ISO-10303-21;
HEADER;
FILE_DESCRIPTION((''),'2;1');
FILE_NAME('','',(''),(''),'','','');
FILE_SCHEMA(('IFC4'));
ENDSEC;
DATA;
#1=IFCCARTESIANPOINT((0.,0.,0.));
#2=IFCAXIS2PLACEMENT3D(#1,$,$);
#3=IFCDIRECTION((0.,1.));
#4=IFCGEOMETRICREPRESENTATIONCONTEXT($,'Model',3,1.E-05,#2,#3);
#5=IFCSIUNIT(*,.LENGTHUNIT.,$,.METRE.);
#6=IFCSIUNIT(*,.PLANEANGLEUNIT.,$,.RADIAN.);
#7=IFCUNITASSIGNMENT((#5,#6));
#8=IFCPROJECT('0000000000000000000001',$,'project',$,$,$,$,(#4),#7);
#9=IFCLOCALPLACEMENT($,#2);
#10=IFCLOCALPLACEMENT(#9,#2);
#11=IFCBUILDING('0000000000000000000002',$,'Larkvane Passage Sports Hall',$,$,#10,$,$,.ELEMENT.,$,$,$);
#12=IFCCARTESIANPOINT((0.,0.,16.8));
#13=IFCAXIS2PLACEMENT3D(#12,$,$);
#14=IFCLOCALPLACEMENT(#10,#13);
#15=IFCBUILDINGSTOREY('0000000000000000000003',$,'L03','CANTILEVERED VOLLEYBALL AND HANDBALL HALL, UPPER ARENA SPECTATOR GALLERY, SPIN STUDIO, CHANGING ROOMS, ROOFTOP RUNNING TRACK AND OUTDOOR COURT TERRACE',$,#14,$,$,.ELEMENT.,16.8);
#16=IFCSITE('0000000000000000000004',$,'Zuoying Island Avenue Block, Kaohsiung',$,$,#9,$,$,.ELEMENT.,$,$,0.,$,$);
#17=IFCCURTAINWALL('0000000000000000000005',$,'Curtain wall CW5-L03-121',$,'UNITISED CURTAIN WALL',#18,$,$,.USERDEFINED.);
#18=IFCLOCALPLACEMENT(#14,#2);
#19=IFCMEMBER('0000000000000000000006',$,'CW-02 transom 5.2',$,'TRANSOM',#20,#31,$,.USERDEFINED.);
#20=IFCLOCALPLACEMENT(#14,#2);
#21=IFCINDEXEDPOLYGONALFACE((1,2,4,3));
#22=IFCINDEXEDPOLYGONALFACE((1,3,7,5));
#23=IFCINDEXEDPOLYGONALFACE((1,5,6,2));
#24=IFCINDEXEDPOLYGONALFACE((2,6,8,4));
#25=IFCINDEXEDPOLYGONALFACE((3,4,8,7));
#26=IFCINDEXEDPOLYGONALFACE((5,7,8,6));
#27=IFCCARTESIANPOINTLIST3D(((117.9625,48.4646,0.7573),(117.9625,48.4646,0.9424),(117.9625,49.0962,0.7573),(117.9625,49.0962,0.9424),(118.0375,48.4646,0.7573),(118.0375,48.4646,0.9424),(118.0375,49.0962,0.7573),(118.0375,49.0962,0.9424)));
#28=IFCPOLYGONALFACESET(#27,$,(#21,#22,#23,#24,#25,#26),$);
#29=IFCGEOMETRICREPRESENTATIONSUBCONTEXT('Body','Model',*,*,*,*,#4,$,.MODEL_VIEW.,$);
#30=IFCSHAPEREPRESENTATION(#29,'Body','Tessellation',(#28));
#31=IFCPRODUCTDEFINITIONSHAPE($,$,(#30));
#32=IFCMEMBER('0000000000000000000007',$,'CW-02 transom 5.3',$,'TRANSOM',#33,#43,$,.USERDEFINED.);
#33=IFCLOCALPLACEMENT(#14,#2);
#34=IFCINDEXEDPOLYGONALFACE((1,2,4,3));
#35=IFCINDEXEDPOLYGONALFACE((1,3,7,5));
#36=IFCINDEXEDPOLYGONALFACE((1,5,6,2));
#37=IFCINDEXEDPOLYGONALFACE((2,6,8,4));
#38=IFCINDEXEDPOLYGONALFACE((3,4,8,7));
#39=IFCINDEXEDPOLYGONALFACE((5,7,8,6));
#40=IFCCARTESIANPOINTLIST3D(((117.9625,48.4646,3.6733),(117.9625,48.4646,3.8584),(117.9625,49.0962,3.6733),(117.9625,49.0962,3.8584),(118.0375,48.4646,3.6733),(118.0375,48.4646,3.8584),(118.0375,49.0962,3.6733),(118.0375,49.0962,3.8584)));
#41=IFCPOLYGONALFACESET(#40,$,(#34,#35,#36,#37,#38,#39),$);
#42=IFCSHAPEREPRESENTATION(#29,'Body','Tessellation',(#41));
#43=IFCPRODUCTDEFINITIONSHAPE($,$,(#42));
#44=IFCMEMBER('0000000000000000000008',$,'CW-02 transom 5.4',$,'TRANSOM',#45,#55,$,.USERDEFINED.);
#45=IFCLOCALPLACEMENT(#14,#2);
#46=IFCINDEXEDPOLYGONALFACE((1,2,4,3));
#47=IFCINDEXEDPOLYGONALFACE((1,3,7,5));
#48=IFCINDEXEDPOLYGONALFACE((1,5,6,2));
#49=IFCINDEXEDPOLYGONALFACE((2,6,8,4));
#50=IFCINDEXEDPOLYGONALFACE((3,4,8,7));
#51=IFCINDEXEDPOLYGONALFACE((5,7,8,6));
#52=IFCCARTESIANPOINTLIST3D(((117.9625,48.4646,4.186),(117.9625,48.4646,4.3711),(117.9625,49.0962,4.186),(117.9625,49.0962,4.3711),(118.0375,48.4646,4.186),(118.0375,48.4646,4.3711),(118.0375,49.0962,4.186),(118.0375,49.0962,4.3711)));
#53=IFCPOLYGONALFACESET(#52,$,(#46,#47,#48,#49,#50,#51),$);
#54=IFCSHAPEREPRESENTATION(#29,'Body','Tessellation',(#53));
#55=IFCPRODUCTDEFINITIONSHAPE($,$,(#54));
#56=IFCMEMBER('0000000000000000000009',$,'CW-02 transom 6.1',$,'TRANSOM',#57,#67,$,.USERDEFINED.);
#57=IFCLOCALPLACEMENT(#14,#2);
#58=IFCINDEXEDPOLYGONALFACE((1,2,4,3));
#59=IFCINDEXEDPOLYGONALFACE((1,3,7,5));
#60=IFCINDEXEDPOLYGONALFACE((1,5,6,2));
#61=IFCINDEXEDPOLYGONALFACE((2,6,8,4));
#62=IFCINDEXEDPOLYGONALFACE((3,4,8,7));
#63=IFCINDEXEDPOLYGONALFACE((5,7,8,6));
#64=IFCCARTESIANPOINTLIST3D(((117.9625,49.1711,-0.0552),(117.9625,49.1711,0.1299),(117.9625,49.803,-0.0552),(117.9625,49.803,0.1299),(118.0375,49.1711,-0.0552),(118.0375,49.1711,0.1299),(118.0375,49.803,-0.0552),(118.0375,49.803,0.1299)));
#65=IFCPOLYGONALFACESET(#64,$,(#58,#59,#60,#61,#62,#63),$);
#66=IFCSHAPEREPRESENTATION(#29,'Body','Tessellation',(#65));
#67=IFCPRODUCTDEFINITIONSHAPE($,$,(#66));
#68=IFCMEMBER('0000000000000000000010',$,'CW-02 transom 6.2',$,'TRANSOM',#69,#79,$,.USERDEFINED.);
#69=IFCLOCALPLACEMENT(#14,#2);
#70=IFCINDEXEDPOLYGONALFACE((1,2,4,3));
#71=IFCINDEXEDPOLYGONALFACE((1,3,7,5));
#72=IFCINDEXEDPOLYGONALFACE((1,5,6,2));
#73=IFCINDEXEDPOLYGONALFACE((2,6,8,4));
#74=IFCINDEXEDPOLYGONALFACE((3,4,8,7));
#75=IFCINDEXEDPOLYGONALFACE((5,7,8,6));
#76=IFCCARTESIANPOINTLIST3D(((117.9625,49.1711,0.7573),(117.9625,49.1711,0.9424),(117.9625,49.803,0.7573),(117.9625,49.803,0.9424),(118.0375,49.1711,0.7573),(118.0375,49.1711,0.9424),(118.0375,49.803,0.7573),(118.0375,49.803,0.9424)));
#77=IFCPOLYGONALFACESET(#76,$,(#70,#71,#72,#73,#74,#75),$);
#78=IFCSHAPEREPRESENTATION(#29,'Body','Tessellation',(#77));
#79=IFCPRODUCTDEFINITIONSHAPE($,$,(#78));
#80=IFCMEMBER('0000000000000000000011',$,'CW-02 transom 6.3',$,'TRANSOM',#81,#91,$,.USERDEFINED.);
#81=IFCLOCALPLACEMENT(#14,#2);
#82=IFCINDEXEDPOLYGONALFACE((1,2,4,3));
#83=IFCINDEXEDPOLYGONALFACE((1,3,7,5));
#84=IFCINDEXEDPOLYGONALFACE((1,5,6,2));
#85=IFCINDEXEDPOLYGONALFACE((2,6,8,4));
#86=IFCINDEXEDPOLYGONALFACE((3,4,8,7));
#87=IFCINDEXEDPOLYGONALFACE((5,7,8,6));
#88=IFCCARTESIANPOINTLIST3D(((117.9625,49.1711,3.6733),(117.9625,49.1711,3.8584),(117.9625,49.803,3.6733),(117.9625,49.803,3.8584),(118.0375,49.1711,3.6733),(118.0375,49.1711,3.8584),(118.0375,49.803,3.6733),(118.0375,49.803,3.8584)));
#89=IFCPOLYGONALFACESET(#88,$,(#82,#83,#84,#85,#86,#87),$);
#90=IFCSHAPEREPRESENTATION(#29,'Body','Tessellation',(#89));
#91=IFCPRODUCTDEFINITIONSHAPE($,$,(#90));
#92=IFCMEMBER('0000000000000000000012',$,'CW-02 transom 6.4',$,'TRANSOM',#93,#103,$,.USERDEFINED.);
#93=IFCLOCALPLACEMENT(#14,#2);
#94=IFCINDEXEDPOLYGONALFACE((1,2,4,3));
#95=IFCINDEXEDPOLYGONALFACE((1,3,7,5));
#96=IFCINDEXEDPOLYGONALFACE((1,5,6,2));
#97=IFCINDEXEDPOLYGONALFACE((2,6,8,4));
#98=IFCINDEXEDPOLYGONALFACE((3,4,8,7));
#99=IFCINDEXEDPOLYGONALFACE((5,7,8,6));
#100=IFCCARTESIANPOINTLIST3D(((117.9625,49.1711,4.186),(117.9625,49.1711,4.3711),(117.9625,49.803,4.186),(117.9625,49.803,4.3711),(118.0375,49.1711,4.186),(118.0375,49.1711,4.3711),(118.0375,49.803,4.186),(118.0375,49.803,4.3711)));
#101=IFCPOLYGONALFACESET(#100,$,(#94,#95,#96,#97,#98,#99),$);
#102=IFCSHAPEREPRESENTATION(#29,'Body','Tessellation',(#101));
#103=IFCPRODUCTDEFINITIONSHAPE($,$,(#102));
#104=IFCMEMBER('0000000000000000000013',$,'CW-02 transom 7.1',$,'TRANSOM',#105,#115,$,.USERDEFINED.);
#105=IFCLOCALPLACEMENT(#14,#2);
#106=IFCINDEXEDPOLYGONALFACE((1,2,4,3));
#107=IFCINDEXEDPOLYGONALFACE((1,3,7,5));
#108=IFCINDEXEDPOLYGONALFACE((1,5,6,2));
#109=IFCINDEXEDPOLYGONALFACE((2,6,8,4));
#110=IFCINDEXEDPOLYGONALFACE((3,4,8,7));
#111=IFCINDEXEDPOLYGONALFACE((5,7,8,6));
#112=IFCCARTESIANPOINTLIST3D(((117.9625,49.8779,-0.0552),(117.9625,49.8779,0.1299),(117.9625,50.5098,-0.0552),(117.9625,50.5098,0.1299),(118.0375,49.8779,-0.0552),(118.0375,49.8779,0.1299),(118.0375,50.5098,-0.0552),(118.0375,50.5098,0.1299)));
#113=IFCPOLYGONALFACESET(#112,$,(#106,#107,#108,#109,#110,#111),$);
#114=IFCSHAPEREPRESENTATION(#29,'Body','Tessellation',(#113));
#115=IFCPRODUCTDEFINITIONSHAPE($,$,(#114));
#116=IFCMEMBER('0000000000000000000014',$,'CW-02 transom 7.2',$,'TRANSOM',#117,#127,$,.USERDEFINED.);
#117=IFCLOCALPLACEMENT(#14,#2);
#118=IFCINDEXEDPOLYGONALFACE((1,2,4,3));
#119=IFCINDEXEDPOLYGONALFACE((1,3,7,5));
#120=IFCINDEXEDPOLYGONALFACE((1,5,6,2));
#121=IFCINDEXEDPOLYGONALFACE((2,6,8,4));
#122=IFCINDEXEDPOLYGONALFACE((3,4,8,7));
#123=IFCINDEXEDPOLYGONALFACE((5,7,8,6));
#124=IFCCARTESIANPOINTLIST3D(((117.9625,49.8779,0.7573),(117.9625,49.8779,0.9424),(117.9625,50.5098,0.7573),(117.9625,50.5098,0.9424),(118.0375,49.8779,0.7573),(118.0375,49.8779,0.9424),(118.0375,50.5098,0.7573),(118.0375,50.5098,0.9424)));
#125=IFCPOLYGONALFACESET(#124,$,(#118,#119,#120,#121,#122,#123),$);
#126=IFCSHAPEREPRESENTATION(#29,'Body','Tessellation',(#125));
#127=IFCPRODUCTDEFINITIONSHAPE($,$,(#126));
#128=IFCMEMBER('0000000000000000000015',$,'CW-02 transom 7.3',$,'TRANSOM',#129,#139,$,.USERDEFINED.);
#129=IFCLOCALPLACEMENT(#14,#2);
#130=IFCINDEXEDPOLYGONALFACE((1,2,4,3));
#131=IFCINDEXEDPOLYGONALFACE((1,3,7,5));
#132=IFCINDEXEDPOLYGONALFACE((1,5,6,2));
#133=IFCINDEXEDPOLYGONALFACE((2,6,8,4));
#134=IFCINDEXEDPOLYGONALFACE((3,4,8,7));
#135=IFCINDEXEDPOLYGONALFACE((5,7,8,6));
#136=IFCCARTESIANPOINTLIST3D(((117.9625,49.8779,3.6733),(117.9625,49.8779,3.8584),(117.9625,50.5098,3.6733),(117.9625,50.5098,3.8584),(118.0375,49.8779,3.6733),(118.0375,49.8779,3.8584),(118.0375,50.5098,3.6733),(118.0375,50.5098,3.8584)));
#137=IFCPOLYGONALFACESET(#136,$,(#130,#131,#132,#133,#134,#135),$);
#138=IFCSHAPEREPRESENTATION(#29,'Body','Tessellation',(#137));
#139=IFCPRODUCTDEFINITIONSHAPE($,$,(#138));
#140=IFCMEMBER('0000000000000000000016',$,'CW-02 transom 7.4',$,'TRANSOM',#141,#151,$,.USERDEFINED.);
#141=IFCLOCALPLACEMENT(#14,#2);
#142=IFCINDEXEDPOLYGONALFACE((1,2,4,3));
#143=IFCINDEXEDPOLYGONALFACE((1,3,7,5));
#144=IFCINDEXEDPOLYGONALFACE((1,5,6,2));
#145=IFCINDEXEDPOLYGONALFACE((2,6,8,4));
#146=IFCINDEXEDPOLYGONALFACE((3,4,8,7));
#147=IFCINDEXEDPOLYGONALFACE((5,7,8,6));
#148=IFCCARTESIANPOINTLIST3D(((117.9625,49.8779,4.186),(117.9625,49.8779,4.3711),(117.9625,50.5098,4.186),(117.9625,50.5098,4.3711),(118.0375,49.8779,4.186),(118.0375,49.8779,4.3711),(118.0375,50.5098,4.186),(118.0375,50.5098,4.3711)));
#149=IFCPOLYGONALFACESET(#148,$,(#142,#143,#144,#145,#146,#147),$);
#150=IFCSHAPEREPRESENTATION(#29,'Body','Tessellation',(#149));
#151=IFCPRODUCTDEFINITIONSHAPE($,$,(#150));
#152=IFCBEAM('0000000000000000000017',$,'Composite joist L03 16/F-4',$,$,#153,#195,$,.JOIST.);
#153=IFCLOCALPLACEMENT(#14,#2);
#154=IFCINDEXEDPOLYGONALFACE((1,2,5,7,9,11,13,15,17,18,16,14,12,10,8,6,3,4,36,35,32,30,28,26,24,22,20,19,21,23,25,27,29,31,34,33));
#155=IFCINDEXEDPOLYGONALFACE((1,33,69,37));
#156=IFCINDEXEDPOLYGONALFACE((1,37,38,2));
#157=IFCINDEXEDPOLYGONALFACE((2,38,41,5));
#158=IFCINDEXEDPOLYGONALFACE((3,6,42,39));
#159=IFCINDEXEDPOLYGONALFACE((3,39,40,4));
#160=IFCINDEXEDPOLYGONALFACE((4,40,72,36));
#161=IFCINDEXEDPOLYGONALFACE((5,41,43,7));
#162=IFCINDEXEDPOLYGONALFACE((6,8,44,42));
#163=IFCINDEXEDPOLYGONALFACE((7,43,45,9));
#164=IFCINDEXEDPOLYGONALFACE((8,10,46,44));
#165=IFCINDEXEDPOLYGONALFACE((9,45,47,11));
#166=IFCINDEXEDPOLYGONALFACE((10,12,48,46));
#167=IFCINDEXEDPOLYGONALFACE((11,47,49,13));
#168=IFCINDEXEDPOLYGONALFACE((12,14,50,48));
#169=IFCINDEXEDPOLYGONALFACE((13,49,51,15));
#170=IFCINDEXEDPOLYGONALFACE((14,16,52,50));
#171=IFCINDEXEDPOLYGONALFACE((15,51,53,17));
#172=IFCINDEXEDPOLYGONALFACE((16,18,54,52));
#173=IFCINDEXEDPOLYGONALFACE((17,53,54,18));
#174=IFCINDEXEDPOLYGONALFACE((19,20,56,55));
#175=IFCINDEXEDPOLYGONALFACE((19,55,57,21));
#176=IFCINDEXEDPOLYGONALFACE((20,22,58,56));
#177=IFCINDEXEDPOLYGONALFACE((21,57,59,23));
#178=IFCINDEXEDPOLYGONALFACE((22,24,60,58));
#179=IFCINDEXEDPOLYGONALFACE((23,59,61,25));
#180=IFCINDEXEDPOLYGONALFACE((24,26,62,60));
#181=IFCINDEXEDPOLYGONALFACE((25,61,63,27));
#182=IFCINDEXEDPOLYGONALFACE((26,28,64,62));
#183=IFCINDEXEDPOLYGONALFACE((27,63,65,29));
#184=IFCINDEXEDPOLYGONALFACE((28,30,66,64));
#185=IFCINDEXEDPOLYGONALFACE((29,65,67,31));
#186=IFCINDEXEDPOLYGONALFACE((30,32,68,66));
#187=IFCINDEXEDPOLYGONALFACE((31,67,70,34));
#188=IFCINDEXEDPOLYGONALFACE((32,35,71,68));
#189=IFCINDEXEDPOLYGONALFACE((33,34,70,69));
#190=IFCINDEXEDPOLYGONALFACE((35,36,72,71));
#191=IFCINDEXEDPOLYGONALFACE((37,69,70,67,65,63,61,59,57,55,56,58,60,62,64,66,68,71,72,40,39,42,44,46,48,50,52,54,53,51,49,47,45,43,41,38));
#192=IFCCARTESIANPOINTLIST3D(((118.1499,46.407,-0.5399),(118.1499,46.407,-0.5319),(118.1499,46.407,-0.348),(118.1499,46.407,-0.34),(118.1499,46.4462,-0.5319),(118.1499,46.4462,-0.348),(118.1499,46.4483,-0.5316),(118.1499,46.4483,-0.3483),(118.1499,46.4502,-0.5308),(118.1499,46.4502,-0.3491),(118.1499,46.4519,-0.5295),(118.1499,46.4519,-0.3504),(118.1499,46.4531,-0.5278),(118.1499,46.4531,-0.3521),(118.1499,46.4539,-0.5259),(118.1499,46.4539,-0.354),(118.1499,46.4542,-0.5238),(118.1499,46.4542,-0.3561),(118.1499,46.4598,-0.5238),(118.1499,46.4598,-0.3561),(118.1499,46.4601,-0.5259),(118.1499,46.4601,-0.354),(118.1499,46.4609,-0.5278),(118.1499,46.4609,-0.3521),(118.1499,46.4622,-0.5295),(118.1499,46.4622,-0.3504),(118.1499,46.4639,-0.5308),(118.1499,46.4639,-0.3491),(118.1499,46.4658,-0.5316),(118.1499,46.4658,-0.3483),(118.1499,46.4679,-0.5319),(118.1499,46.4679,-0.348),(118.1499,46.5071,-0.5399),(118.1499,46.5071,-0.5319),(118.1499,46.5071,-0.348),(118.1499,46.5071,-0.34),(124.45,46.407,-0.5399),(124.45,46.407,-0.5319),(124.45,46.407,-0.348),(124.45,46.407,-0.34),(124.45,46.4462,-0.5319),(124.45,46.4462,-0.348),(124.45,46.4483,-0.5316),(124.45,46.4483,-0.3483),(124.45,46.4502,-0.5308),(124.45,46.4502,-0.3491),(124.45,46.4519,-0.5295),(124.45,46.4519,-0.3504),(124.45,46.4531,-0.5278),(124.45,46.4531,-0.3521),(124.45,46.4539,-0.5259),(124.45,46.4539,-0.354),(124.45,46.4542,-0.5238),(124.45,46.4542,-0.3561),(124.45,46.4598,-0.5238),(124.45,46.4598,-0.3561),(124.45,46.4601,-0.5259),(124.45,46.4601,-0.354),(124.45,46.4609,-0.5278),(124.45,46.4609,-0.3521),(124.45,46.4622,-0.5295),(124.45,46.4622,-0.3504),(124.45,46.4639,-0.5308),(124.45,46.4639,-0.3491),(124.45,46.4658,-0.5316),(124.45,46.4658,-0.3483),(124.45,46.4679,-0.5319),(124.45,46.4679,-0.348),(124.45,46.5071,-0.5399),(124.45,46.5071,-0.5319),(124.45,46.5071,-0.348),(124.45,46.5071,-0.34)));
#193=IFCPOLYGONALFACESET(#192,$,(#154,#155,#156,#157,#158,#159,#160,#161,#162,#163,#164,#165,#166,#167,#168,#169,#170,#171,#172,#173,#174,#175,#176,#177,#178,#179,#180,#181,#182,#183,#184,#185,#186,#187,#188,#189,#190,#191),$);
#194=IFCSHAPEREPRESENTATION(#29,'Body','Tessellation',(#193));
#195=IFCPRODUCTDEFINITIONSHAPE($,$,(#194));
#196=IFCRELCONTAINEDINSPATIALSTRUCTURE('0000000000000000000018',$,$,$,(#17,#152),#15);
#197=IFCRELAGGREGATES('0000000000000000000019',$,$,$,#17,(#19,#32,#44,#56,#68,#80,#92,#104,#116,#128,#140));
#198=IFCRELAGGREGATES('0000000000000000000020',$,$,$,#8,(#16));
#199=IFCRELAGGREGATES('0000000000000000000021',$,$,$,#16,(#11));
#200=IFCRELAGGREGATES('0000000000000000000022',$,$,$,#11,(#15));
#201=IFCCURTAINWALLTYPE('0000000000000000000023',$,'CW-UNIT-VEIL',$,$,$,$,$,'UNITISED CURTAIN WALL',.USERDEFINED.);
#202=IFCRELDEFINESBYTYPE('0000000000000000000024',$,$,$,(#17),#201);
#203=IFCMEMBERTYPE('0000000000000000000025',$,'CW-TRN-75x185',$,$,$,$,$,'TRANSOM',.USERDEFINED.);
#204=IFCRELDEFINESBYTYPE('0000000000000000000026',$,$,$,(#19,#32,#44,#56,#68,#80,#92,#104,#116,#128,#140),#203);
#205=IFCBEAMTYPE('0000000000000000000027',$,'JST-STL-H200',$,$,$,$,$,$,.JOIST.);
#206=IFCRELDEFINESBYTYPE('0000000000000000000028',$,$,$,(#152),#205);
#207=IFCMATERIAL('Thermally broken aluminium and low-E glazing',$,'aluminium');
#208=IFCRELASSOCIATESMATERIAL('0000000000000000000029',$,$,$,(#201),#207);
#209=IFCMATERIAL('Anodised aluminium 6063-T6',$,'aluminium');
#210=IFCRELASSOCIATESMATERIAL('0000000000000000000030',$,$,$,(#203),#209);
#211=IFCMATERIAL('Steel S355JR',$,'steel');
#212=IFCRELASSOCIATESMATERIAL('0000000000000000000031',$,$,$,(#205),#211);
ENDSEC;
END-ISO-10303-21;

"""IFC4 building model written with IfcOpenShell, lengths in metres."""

from ifc_helpers import new_model, si_unit, direction, frame, origin, origin_2d, place, context, subcontext, project, spatial, rectangle, i_section, extrude, material, material_profile, profile_set, type_object, element, aggregate, save


model = new_model("IFC4")

# Units and contexts
model_context = context("Model", 3, precision=1e-05, world=origin(), true_north=direction((0.0, 1.0)))
body_context = subcontext(model_context, "Body", "Model", "MODEL_VIEW")
ifc_project = project(units=[si_unit("LENGTHUNIT", "METRE"), si_unit("PLANEANGLEUNIT", "RADIAN")], contexts=[model_context])

# Site, building, storey
site_placement = place(None, origin())
site = spatial("IfcSite", under=ifc_project, at=site_placement, Name="Zuoying Island Avenue Block, Kaohsiung", CompositionType="ELEMENT", RefElevation=0.0)
building_placement = place(site_placement, origin())
building = spatial("IfcBuilding", under=site, at=building_placement, Name="Larkvane Passage Sports Hall", CompositionType="ELEMENT")
storey_placement = place(building_placement, frame((0.0, 0.0, 16.8)))
storey = spatial("IfcBuildingStorey", under=building, at=storey_placement, Name="L03", Description="CANTILEVERED VOLLEYBALL AND HANDBALL HALL, UPPER ARENA SPECTATOR GALLERY, SPIN STUDIO, CHANGING ROOMS, ROOFTOP RUNNING TRACK AND OUTDOOR COURT TERRACE", CompositionType="ELEMENT", Elevation=16.8)

# Curtain wall, members
ifc_material_1 = material(Name="Thermally broken aluminium and low-E glazing", Category="aluminium")
curtain_wall_type = type_object("IfcCurtainWallType", Name="CW-UNIT-VEIL", ElementType="UNITISED CURTAIN WALL", PredefinedType="USERDEFINED", material=ifc_material_1)
curtain_wall_placement = place(storey_placement, origin())
curtain_wall = element("IfcCurtainWall", 1, at=curtain_wall_placement, inside=storey, type_object=curtain_wall_type, Name="Curtain wall CW5-L03-121", ObjectType="UNITISED CURTAIN WALL", PredefinedType="USERDEFINED")
ifc_material_2 = material(Name="Anodised aluminium 6063-T6", Category="aluminium")
ifc_material_profile_1 = material_profile(ifc_material_2, rectangle(XDim=0.075, YDim=0.1851, at=origin_2d()), Name="ALU-TRN-75x185")
ifc_profile_set_1 = profile_set([ifc_material_profile_1], Name="Anodised aluminium 6063-T6")
member_type_1 = type_object("IfcMemberType", Name="CW-TRN-75x185", ElementType="TRANSOM", PredefinedType="USERDEFINED", material=ifc_profile_set_1)
member_1_placement = place(storey_placement, frame((118.0, 48.4646, 0.8499), z_axis=(0.0, 1.0, 0.0), x_axis=(-1.0, 0.0, 0.0)))
member_1 = element("IfcMember", 2, at=member_1_placement, type_object=member_type_1, Name="CW-02 transom 5.2", ObjectType="TRANSOM", PredefinedType="USERDEFINED", context=body_context, shape_type="SweptSolid", body=[
    extrude(rectangle(XDim=0.075, YDim=0.1851, at=origin_2d()), origin(), (0.0, 0.0, 1.0), 0.6316),
])
member_2_placement = place(storey_placement, frame((118.0, 48.4646, 3.7659), z_axis=(0.0, 1.0, 0.0), x_axis=(-1.0, 0.0, 0.0)))
member_2 = element("IfcMember", 3, at=member_2_placement, type_object=member_type_1, Name="CW-02 transom 5.3", ObjectType="TRANSOM", PredefinedType="USERDEFINED", context=body_context, shape_type="SweptSolid", body=[
    extrude(rectangle(XDim=0.075, YDim=0.1851, at=origin_2d()), origin(), (0.0, 0.0, 1.0), 0.6316),
])
member_3_placement = place(storey_placement, frame((118.0, 48.4646, 4.2786), z_axis=(0.0, 1.0, 0.0), x_axis=(-1.0, 0.0, 0.0)))
member_3 = element("IfcMember", 4, at=member_3_placement, type_object=member_type_1, Name="CW-02 transom 5.4", ObjectType="TRANSOM", PredefinedType="USERDEFINED", context=body_context, shape_type="SweptSolid", body=[
    extrude(rectangle(XDim=0.075, YDim=0.1851, at=origin_2d()), origin(), (0.0, 0.0, 1.0), 0.6316),
])
member_4_placement = place(storey_placement, frame((118.0, 49.1711, 0.0374), z_axis=(0.0, 1.0, 0.0), x_axis=(-1.0, 0.0, 0.0)))
member_4 = element("IfcMember", 5, at=member_4_placement, type_object=member_type_1, Name="CW-02 transom 6.1", ObjectType="TRANSOM", PredefinedType="USERDEFINED", context=body_context, shape_type="SweptSolid", body=[
    extrude(rectangle(XDim=0.075, YDim=0.1851, at=origin_2d()), origin(), (0.0, 0.0, 1.0), 0.6318),
])
member_5_placement = place(storey_placement, frame((118.0, 49.1711, 0.8499), z_axis=(0.0, 1.0, 0.0), x_axis=(-1.0, 0.0, 0.0)))
member_5 = element("IfcMember", 6, at=member_5_placement, type_object=member_type_1, Name="CW-02 transom 6.2", ObjectType="TRANSOM", PredefinedType="USERDEFINED", context=body_context, shape_type="SweptSolid", body=[
    extrude(rectangle(XDim=0.075, YDim=0.1851, at=origin_2d()), origin(), (0.0, 0.0, 1.0), 0.6318),
])
member_6_placement = place(storey_placement, frame((118.0, 49.1711, 3.7659), z_axis=(0.0, 1.0, 0.0), x_axis=(-1.0, 0.0, 0.0)))
member_6 = element("IfcMember", 7, at=member_6_placement, type_object=member_type_1, Name="CW-02 transom 6.3", ObjectType="TRANSOM", PredefinedType="USERDEFINED", context=body_context, shape_type="SweptSolid", body=[
    extrude(rectangle(XDim=0.075, YDim=0.1851, at=origin_2d()), origin(), (0.0, 0.0, 1.0), 0.6318),
])
member_7_placement = place(storey_placement, frame((118.0, 49.1711, 4.2786), z_axis=(0.0, 1.0, 0.0), x_axis=(-1.0, 0.0, 0.0)))
member_7 = element("IfcMember", 8, at=member_7_placement, type_object=member_type_1, Name="CW-02 transom 6.4", ObjectType="TRANSOM", PredefinedType="USERDEFINED", context=body_context, shape_type="SweptSolid", body=[
    extrude(rectangle(XDim=0.075, YDim=0.1851, at=origin_2d()), origin(), (0.0, 0.0, 1.0), 0.6318),
])
member_8_placement = place(storey_placement, frame((118.0, 49.8779, 0.0374), z_axis=(0.0, 1.0, 0.0), x_axis=(-1.0, 0.0, 0.0)))
member_8 = element("IfcMember", 9, at=member_8_placement, type_object=member_type_1, Name="CW-02 transom 7.1", ObjectType="TRANSOM", PredefinedType="USERDEFINED", context=body_context, shape_type="SweptSolid", body=[
    extrude(rectangle(XDim=0.075, YDim=0.1851, at=origin_2d()), origin(), (0.0, 0.0, 1.0), 0.6318),
])
member_9_placement = place(storey_placement, frame((118.0, 49.8779, 0.8499), z_axis=(0.0, 1.0, 0.0), x_axis=(-1.0, 0.0, 0.0)))
member_9 = element("IfcMember", 10, at=member_9_placement, type_object=member_type_1, Name="CW-02 transom 7.2", ObjectType="TRANSOM", PredefinedType="USERDEFINED", context=body_context, shape_type="SweptSolid", body=[
    extrude(rectangle(XDim=0.075, YDim=0.1851, at=origin_2d()), origin(), (0.0, 0.0, 1.0), 0.6318),
])
member_10_placement = place(storey_placement, frame((118.0, 49.8779, 3.7659), z_axis=(0.0, 1.0, 0.0), x_axis=(-1.0, 0.0, 0.0)))
member_10 = element("IfcMember", 11, at=member_10_placement, type_object=member_type_1, Name="CW-02 transom 7.3", ObjectType="TRANSOM", PredefinedType="USERDEFINED", context=body_context, shape_type="SweptSolid", body=[
    extrude(rectangle(XDim=0.075, YDim=0.1851, at=origin_2d()), origin(), (0.0, 0.0, 1.0), 0.6318),
])
member_11_placement = place(storey_placement, frame((118.0, 49.8779, 4.2786), z_axis=(0.0, 1.0, 0.0), x_axis=(-1.0, 0.0, 0.0)))
member_11 = element("IfcMember", 12, at=member_11_placement, type_object=member_type_1, Name="CW-02 transom 7.4", ObjectType="TRANSOM", PredefinedType="USERDEFINED", context=body_context, shape_type="SweptSolid", body=[
    extrude(rectangle(XDim=0.075, YDim=0.1851, at=origin_2d()), origin(), (0.0, 0.0, 1.0), 0.6318),
])

# Beam
ifc_material_3 = material(Name="Steel S355JR", Category="steel")
ifc_material_profile_2 = material_profile(ifc_material_3, i_section(OverallWidth=0.1001, OverallDepth=0.2, WebThickness=0.0056, FlangeThickness=0.0081, FilletRadius=0.0081, at=origin_2d()), Name="H-200x100x5.5x8")
ifc_profile_set_2 = profile_set([ifc_material_profile_2], Name="Steel S355JR")
beam_type_1 = type_object("IfcBeamType", Name="JST-STL-H200", PredefinedType="JOIST", material=ifc_profile_set_2)
beam_1_placement = place(storey_placement, frame((118.1499, 46.457, -0.4399), z_axis=(1.0, 0.0, 0.0), x_axis=(0.0, 1.0, 0.0)))
element("IfcBeam", 13, at=beam_1_placement, inside=storey, type_object=beam_type_1, Name="Composite joist L03 16/F-4", PredefinedType="JOIST", context=body_context, shape_type="SweptSolid", body=[
    extrude(i_section(OverallWidth=0.1001, OverallDepth=0.2, WebThickness=0.0056, FlangeThickness=0.0081, FilletRadius=0.0081, at=origin_2d()), origin(), (0.0, 0.0, 1.0), 6.3),
])

aggregate(curtain_wall, [member_1, member_2, member_3, member_4, member_5, member_6, member_7, member_8, member_9, member_10, member_11])

save(model, "model.ifc")
